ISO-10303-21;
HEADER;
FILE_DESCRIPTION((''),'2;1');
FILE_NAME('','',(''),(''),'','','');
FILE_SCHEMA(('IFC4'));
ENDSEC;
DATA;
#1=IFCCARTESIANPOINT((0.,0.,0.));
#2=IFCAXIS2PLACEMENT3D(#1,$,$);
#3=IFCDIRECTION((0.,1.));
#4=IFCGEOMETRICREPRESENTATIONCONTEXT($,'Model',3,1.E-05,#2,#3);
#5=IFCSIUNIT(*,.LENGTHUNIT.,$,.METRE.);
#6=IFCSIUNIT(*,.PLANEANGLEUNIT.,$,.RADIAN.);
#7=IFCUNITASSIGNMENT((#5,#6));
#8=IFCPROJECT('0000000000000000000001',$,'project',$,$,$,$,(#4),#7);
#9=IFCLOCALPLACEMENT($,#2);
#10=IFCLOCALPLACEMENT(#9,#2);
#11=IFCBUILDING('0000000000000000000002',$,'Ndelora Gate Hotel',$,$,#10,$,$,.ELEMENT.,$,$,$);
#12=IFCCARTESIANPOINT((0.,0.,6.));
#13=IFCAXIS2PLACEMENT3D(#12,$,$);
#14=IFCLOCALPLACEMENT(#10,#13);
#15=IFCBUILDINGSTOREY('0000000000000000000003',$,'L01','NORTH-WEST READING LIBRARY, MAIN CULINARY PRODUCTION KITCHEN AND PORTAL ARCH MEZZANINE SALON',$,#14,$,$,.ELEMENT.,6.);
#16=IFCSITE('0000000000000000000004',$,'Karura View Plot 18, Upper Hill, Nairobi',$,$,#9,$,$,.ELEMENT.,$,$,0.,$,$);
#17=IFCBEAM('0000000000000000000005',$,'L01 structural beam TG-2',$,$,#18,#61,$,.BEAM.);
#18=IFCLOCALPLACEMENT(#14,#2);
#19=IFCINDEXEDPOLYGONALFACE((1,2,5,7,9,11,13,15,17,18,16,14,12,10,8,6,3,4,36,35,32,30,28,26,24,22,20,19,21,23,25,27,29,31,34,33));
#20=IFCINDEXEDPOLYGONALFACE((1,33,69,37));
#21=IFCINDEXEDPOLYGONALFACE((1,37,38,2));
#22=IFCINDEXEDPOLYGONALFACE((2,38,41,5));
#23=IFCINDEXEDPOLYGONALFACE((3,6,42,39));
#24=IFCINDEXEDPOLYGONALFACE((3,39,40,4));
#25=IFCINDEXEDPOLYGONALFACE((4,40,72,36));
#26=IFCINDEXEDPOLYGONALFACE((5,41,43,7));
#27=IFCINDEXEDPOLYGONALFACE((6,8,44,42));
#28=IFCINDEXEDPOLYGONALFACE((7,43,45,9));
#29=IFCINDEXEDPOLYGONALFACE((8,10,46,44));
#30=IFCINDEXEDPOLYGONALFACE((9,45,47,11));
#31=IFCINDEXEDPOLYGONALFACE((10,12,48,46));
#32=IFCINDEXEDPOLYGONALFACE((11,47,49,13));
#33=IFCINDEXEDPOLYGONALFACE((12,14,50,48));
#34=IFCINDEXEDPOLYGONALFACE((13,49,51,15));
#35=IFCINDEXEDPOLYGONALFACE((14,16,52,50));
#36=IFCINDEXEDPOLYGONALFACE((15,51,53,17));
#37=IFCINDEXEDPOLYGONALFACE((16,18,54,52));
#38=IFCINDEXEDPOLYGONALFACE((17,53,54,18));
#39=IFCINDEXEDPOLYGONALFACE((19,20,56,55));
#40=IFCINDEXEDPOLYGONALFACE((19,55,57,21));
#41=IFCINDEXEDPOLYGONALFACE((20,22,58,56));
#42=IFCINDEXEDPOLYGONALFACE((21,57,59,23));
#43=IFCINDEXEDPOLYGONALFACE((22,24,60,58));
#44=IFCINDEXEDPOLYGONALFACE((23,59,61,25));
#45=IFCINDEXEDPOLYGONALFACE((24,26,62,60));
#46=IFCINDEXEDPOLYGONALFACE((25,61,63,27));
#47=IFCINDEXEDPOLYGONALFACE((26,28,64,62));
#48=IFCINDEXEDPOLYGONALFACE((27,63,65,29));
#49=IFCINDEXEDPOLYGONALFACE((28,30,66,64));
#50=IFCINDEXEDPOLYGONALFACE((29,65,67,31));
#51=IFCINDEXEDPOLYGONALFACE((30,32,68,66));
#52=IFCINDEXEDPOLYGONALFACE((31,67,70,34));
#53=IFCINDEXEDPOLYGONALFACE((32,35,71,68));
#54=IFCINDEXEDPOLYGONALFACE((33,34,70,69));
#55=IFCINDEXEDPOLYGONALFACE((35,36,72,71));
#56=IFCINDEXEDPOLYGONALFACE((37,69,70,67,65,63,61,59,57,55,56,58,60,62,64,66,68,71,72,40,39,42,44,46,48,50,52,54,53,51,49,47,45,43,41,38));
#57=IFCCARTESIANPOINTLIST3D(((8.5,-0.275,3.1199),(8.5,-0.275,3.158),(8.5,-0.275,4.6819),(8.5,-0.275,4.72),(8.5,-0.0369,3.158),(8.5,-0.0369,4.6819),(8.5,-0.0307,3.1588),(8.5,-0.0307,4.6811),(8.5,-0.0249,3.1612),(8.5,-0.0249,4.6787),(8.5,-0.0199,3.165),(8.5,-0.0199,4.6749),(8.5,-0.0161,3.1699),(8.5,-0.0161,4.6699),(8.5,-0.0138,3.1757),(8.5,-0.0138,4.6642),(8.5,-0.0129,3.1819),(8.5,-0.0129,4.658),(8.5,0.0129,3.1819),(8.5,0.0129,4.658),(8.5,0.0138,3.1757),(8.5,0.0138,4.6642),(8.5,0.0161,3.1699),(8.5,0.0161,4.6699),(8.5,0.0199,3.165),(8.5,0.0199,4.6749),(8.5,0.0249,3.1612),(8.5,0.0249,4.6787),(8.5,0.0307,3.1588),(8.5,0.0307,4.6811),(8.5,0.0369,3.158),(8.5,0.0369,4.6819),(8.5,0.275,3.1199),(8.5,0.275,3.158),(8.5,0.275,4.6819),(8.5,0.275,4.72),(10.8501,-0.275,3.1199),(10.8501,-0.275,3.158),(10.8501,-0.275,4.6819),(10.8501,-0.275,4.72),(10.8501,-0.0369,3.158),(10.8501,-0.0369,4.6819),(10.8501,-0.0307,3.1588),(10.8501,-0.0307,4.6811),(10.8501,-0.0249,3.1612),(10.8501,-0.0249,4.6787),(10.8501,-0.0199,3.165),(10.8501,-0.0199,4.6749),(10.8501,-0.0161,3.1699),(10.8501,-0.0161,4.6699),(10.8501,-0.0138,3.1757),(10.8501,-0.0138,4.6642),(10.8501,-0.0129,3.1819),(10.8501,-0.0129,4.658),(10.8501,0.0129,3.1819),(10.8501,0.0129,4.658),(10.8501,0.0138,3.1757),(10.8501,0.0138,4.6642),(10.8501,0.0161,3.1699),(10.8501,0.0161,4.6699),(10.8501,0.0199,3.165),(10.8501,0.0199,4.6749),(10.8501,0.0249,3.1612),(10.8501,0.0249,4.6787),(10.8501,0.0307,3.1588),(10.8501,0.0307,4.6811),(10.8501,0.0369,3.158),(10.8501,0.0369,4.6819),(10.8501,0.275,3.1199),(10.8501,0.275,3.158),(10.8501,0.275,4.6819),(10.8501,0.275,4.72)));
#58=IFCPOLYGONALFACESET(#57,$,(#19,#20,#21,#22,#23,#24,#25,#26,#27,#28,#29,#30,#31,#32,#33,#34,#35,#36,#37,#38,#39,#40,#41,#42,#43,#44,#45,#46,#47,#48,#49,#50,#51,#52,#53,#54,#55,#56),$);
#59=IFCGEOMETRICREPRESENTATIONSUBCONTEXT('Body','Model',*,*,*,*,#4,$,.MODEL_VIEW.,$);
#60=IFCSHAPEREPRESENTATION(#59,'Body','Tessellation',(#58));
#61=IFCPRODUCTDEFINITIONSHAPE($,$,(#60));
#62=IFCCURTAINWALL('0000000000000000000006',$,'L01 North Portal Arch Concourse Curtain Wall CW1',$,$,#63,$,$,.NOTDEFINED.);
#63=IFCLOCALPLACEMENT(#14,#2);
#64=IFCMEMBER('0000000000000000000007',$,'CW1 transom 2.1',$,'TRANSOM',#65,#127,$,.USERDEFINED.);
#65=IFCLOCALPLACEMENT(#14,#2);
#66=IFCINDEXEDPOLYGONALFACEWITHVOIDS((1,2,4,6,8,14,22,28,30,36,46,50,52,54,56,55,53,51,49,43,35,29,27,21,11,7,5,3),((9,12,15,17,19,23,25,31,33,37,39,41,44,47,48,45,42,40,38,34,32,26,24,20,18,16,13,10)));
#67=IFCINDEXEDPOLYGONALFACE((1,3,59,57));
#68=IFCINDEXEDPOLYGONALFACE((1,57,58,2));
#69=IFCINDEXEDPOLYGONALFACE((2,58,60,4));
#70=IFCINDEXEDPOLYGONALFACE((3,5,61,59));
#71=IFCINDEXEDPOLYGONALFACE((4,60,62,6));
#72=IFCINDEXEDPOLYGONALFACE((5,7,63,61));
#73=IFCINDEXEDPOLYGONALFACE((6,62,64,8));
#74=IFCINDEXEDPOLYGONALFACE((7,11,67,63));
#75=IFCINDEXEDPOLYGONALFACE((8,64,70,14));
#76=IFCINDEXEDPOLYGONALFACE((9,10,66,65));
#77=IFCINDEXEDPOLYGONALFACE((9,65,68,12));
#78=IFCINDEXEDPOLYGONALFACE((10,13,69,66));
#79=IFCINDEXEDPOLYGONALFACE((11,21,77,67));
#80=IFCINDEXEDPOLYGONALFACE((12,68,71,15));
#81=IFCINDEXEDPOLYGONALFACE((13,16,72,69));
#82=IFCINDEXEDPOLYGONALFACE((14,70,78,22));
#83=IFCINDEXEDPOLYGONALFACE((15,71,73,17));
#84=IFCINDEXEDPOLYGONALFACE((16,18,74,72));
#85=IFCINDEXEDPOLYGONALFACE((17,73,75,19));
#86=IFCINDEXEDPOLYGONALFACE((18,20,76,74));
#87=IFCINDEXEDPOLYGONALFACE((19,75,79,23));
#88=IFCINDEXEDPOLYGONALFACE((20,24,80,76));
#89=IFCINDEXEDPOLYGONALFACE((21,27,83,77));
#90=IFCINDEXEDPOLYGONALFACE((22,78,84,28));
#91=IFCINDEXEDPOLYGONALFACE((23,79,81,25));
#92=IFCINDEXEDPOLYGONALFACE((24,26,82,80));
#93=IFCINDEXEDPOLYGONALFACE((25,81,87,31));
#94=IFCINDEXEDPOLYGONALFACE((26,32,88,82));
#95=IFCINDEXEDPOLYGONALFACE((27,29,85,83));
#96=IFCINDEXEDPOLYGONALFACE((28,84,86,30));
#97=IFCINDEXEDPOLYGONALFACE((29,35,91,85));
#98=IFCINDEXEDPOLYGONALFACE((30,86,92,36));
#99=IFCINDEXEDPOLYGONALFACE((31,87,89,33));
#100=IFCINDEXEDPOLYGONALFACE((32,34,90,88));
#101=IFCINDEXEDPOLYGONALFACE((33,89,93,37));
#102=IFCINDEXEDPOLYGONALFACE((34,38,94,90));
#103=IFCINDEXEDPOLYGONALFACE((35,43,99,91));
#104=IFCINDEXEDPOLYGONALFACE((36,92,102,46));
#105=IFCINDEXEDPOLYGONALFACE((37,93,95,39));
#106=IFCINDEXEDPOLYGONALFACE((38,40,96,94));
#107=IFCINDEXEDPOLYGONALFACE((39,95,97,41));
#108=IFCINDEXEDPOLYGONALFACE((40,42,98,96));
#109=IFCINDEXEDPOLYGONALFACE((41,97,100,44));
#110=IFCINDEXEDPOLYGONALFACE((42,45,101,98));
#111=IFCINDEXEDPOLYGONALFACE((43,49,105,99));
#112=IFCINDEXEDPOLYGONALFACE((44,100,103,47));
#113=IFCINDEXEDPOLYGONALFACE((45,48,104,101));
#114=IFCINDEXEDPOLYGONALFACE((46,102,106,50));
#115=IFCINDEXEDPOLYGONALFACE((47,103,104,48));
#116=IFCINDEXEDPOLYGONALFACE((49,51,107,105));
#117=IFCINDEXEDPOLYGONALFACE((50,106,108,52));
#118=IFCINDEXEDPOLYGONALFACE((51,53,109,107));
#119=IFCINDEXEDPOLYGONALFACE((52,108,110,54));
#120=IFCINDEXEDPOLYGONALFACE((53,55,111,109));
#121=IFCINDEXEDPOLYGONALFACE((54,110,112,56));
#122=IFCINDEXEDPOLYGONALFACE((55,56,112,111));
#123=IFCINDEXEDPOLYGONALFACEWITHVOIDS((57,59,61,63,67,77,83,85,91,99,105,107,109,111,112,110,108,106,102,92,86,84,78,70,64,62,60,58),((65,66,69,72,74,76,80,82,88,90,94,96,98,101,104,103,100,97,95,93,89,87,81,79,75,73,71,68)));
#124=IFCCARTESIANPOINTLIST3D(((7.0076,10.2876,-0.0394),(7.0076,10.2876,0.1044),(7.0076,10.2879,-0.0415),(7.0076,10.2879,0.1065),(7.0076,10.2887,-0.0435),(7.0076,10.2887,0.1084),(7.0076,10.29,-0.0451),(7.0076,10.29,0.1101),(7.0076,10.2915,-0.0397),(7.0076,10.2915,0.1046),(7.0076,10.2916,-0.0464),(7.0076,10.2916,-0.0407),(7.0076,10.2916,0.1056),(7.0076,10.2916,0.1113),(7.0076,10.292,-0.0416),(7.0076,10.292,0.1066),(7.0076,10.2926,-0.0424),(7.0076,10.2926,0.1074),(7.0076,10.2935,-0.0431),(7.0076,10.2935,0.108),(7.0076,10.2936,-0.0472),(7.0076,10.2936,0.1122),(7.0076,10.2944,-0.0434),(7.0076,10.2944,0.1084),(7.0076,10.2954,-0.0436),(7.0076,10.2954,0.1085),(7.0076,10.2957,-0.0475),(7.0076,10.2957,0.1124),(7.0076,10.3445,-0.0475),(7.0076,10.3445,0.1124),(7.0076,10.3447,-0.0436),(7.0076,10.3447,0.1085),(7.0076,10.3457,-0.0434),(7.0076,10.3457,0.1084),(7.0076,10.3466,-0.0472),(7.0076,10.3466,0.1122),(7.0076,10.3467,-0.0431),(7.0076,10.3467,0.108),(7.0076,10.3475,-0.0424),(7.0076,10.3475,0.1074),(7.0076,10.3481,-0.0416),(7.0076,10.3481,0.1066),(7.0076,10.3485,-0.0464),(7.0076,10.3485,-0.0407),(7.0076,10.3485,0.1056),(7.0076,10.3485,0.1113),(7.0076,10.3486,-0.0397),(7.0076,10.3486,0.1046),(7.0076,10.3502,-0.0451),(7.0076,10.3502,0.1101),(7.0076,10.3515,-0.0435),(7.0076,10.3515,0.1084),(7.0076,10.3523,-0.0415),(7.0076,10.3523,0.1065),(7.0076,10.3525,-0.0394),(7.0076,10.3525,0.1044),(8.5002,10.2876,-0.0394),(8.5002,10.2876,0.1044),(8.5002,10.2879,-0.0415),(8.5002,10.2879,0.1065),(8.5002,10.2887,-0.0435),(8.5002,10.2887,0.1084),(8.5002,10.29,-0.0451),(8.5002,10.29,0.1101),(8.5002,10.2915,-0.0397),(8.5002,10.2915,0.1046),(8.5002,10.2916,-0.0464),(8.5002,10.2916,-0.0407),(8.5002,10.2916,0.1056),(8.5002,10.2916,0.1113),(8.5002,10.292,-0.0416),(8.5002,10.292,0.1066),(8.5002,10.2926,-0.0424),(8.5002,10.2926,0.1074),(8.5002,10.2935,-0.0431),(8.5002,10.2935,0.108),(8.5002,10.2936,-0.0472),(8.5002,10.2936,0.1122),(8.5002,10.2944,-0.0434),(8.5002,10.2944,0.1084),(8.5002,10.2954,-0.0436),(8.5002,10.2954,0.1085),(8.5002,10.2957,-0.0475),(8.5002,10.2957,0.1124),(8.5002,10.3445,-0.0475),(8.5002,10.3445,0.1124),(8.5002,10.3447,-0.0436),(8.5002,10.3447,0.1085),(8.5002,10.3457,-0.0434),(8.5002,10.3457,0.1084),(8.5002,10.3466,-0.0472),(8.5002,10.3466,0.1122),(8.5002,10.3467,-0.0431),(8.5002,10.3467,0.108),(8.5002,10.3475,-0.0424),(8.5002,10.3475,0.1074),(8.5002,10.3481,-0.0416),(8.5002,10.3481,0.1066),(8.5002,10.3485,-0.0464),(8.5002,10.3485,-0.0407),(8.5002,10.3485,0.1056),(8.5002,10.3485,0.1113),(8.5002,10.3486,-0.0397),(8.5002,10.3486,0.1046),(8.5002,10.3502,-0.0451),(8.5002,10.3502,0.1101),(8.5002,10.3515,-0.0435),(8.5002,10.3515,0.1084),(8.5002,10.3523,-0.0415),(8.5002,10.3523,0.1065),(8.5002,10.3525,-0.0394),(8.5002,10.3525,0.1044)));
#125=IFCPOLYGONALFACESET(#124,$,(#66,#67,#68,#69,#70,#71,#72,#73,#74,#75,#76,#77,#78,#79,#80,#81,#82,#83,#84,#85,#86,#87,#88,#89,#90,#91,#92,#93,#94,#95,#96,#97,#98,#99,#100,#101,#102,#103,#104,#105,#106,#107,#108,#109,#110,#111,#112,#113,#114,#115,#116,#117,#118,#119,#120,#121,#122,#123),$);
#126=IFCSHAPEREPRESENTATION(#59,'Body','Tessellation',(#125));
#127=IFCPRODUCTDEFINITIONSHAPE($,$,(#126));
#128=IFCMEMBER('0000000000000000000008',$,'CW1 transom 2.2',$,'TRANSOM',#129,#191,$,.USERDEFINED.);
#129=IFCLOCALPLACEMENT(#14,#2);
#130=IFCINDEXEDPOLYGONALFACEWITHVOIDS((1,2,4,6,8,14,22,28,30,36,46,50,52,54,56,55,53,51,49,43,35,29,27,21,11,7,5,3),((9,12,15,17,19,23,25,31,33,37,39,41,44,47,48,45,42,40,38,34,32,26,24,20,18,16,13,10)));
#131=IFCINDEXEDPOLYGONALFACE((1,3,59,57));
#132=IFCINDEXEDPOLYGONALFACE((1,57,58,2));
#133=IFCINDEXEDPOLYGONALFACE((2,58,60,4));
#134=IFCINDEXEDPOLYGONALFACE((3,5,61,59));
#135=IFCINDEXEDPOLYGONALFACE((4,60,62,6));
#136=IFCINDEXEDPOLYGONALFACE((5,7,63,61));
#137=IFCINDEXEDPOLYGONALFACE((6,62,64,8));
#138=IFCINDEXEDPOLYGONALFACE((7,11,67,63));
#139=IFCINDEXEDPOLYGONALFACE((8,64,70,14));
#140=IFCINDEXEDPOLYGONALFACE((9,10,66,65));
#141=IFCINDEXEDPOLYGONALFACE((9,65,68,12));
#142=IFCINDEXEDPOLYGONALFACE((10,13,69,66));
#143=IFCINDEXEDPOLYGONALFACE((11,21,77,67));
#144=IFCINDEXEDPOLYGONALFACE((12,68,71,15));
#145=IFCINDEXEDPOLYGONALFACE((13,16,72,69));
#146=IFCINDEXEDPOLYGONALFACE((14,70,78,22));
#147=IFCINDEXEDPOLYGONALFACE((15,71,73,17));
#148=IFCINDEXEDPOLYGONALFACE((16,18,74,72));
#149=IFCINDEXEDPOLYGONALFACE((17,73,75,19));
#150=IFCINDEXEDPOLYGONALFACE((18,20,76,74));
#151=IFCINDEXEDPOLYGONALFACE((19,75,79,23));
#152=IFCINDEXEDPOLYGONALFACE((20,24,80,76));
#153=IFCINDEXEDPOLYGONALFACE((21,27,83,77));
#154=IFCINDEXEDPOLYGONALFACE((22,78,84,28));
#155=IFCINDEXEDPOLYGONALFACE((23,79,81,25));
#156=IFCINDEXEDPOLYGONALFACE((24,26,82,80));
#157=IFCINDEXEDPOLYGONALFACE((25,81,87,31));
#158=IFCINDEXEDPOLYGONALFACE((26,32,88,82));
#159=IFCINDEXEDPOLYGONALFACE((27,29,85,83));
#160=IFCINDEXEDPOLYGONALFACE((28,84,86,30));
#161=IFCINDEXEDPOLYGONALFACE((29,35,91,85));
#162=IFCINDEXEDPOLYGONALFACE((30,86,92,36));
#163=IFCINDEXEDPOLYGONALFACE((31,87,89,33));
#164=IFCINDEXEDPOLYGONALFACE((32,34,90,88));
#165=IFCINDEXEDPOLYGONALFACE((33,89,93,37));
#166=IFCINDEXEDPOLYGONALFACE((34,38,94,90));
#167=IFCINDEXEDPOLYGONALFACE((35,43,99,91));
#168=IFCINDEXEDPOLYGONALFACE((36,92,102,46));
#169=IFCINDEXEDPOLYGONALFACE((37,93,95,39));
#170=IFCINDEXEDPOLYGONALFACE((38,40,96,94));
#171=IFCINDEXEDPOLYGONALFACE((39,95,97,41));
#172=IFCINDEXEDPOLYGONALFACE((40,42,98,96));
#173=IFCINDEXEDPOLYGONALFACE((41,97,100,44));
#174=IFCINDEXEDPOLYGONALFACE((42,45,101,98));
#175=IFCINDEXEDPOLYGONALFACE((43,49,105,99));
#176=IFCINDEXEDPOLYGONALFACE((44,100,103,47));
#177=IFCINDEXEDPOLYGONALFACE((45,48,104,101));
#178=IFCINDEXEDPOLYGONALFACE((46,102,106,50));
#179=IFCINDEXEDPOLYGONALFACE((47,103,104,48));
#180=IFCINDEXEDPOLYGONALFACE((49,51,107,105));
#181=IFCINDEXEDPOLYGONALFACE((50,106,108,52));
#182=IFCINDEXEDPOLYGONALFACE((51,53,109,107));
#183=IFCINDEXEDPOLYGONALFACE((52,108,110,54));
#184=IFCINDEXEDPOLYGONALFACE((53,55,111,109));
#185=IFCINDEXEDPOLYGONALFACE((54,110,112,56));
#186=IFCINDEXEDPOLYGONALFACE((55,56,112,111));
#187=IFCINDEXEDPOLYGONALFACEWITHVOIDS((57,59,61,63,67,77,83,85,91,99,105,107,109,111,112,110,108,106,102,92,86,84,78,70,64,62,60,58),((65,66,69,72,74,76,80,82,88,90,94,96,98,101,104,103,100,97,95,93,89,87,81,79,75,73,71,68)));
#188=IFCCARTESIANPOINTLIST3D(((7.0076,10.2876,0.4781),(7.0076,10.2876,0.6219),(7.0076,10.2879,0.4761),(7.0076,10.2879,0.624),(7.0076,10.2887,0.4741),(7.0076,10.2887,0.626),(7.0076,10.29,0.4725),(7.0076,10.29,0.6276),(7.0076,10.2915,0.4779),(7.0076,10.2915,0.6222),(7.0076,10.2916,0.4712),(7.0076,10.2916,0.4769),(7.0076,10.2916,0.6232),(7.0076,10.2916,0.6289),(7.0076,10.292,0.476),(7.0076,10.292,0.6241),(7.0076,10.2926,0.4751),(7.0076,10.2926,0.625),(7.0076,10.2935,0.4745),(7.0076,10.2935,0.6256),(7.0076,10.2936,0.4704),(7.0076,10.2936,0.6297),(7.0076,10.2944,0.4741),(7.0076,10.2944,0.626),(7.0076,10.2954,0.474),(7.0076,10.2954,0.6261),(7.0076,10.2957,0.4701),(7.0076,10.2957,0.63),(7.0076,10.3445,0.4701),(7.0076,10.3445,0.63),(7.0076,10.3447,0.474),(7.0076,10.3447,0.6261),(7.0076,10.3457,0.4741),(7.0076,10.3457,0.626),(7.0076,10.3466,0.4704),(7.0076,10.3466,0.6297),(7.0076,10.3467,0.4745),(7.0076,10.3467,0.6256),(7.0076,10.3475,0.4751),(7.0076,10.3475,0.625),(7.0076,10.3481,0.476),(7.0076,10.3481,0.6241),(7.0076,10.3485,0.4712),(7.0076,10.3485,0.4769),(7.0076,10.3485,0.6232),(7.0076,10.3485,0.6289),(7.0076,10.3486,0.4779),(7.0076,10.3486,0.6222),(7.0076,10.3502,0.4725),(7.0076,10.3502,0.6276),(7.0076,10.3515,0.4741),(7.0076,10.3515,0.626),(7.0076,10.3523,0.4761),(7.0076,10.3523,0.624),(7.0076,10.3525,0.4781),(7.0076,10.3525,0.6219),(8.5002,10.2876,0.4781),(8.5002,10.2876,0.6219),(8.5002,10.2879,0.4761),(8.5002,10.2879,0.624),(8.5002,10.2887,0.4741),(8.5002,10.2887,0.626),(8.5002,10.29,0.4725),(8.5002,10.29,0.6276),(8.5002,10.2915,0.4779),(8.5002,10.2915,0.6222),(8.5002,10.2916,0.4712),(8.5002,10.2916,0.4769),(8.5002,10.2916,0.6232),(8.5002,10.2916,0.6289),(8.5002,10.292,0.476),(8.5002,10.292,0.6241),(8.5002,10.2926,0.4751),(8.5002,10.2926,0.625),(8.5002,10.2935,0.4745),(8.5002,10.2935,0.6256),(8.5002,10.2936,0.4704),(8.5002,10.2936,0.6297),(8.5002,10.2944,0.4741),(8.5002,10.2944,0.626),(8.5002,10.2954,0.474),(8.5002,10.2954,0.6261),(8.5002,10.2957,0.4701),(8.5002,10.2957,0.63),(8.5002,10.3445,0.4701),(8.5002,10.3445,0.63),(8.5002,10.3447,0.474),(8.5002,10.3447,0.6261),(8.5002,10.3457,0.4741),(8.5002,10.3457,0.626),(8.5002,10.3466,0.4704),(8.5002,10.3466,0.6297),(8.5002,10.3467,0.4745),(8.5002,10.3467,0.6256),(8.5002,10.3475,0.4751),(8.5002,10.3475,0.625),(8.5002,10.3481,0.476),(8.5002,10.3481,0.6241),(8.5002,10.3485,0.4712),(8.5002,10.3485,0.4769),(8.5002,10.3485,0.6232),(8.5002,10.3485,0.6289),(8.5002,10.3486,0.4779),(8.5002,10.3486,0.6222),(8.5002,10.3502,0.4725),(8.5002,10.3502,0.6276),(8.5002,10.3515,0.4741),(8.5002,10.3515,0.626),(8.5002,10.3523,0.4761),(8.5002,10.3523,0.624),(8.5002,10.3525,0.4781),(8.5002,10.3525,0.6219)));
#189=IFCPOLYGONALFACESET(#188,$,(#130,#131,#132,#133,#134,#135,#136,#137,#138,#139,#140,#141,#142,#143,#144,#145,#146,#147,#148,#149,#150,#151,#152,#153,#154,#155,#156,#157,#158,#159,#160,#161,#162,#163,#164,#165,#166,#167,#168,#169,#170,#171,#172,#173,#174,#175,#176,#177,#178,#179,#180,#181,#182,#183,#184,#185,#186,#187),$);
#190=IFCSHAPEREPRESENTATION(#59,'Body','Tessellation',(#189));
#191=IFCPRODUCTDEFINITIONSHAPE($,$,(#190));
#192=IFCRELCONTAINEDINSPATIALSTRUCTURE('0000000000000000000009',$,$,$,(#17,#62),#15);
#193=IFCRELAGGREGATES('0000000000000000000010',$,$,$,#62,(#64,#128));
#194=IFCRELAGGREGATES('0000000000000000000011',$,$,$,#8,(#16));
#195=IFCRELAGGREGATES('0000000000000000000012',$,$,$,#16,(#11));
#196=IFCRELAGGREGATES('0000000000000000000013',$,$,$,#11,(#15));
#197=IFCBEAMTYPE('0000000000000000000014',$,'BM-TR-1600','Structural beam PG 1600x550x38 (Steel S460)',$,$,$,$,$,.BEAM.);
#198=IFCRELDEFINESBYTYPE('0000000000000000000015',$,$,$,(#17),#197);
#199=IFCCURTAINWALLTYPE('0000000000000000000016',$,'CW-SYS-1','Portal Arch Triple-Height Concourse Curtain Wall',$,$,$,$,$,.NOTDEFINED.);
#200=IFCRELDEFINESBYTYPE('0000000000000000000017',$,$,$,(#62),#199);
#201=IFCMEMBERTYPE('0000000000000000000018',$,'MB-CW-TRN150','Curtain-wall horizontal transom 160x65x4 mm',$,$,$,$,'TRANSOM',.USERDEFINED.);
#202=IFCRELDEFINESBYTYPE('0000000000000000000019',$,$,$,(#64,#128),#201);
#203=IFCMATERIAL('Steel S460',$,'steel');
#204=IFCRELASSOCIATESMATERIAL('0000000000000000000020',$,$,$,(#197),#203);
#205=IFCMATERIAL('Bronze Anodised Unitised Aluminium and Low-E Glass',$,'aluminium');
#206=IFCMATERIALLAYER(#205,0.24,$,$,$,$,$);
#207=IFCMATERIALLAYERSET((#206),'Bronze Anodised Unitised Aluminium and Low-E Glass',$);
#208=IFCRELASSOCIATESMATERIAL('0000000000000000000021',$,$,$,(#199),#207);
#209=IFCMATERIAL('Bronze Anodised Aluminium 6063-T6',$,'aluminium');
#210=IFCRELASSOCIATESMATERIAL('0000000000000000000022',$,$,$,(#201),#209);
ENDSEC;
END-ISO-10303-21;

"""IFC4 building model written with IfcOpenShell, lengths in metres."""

from ifc_helpers import new_model, si_unit, direction, frame, origin, origin_2d, place, context, subcontext, project, spatial, hollow_rectangle, i_section, extrude, material, layer, layer_set, material_profile, profile_set, type_object, element, aggregate, save


model = new_model("IFC4")

# Units and contexts
model_context = context("Model", 3, precision=1e-05, world=origin(), true_north=direction((0.0, 1.0)))
body_context = subcontext(model_context, "Body", "Model", "MODEL_VIEW")
ifc_project = project(units=[si_unit("LENGTHUNIT", "METRE"), si_unit("PLANEANGLEUNIT", "RADIAN")], contexts=[model_context])

# Site, building, storey
site_placement = place(None, origin())
site = spatial("IfcSite", under=ifc_project, at=site_placement, Name="Karura View Plot 18, Upper Hill, Nairobi", CompositionType="ELEMENT", RefElevation=0.0)
building_placement = place(site_placement, origin())
building = spatial("IfcBuilding", under=site, at=building_placement, Name="Ndelora Gate Hotel", CompositionType="ELEMENT")
storey_placement = place(building_placement, frame((0.0, 0.0, 6.0)))
storey = spatial("IfcBuildingStorey", under=building, at=storey_placement, Name="L01", Description="NORTH-WEST READING LIBRARY, MAIN CULINARY PRODUCTION KITCHEN AND PORTAL ARCH MEZZANINE SALON", CompositionType="ELEMENT", Elevation=6.0)

# Beam
ifc_material_1 = material(Name="Steel S460", Category="steel")
ifc_material_profile_1 = material_profile(ifc_material_1, i_section(OverallWidth=0.55, OverallDepth=1.6001, WebThickness=0.0259, FlangeThickness=0.0381, FilletRadius=0.0239, at=origin_2d()), Name="PG 1600x550x38")
ifc_profile_set_1 = profile_set([ifc_material_profile_1], Name="Steel S460")
beam_type_1 = type_object("IfcBeamType", Name="BM-TR-1600", Description="Structural beam PG 1600x550x38 (Steel S460)", PredefinedType="BEAM", material=ifc_profile_set_1)
beam_1_placement = place(storey_placement, frame((8.5, 0.0, 3.9199), z_axis=(1.0, 0.0, 0.0), x_axis=(0.0, 1.0, 0.0)))
element("IfcBeam", 1, at=beam_1_placement, inside=storey, type_object=beam_type_1, Name="L01 structural beam TG-2", PredefinedType="BEAM", context=body_context, shape_type="SweptSolid", body=[
    extrude(i_section(OverallWidth=0.55, OverallDepth=1.6001, WebThickness=0.0259, FlangeThickness=0.0381, FilletRadius=0.0239, at=origin_2d()), origin(), (0.0, 0.0, 1.0), 2.3501),
])

# Curtain wall, members
ifc_material_2 = material(Name="Bronze Anodised Unitised Aluminium and Low-E Glass", Category="aluminium")
ifc_layer_1 = layer(ifc_material_2, 0.24)
ifc_layer_set_1 = layer_set([ifc_layer_1], Name="Bronze Anodised Unitised Aluminium and Low-E Glass")
curtain_wall_type = type_object("IfcCurtainWallType", Name="CW-SYS-1", Description="Portal Arch Triple-Height Concourse Curtain Wall", PredefinedType="NOTDEFINED", material=ifc_layer_set_1)
curtain_wall_placement = place(storey_placement, origin())
curtain_wall = element("IfcCurtainWall", 2, at=curtain_wall_placement, inside=storey, type_object=curtain_wall_type, Name="L01 North Portal Arch Concourse Curtain Wall CW1", PredefinedType="NOTDEFINED")
ifc_material_3 = material(Name="Bronze Anodised Aluminium 6063-T6", Category="aluminium")
ifc_material_profile_2 = material_profile(ifc_material_3, hollow_rectangle(XDim=0.0649, YDim=0.1599, WallThickness=0.0039, InnerFilletRadius=0.0039, OuterFilletRadius=0.0081, at=origin_2d()), Name="ALU 160x65x4")
ifc_profile_set_2 = profile_set([ifc_material_profile_2], Name="Bronze Anodised Aluminium 6063-T6")
member_type = type_object("IfcMemberType", Name="MB-CW-TRN150", Description="Curtain-wall horizontal transom 160x65x4 mm", ElementType="TRANSOM", PredefinedType="USERDEFINED", material=ifc_profile_set_2)
member_1_placement = place(storey_placement, frame((8.5002, 10.3201, 0.0325), z_axis=(-1.0, 0.0, 0.0), x_axis=(0.0, -1.0, 0.0)))
member_1 = element("IfcMember", 3, at=member_1_placement, type_object=member_type, Name="CW1 transom 2.1", ObjectType="TRANSOM", PredefinedType="USERDEFINED", context=body_context, shape_type="SweptSolid", body=[
    extrude(hollow_rectangle(XDim=0.0649, YDim=0.1599, WallThickness=0.0039, InnerFilletRadius=0.0039, OuterFilletRadius=0.0081, at=origin_2d()), origin(), (0.0, 0.0, 1.0), 1.4927),
])
member_2_placement = place(storey_placement, frame((8.5002, 10.3201, 0.55), z_axis=(-1.0, 0.0, 0.0), x_axis=(0.0, -1.0, 0.0)))
member_2 = element("IfcMember", 4, at=member_2_placement, type_object=member_type, Name="CW1 transom 2.2", ObjectType="TRANSOM", PredefinedType="USERDEFINED", context=body_context, shape_type="SweptSolid", body=[
    extrude(hollow_rectangle(XDim=0.0649, YDim=0.1599, WallThickness=0.0039, InnerFilletRadius=0.0039, OuterFilletRadius=0.0081, at=origin_2d()), origin(), (0.0, 0.0, 1.0), 1.4927),
])
aggregate(curtain_wall, [member_1, member_2])

save(model, "model.ifc")
